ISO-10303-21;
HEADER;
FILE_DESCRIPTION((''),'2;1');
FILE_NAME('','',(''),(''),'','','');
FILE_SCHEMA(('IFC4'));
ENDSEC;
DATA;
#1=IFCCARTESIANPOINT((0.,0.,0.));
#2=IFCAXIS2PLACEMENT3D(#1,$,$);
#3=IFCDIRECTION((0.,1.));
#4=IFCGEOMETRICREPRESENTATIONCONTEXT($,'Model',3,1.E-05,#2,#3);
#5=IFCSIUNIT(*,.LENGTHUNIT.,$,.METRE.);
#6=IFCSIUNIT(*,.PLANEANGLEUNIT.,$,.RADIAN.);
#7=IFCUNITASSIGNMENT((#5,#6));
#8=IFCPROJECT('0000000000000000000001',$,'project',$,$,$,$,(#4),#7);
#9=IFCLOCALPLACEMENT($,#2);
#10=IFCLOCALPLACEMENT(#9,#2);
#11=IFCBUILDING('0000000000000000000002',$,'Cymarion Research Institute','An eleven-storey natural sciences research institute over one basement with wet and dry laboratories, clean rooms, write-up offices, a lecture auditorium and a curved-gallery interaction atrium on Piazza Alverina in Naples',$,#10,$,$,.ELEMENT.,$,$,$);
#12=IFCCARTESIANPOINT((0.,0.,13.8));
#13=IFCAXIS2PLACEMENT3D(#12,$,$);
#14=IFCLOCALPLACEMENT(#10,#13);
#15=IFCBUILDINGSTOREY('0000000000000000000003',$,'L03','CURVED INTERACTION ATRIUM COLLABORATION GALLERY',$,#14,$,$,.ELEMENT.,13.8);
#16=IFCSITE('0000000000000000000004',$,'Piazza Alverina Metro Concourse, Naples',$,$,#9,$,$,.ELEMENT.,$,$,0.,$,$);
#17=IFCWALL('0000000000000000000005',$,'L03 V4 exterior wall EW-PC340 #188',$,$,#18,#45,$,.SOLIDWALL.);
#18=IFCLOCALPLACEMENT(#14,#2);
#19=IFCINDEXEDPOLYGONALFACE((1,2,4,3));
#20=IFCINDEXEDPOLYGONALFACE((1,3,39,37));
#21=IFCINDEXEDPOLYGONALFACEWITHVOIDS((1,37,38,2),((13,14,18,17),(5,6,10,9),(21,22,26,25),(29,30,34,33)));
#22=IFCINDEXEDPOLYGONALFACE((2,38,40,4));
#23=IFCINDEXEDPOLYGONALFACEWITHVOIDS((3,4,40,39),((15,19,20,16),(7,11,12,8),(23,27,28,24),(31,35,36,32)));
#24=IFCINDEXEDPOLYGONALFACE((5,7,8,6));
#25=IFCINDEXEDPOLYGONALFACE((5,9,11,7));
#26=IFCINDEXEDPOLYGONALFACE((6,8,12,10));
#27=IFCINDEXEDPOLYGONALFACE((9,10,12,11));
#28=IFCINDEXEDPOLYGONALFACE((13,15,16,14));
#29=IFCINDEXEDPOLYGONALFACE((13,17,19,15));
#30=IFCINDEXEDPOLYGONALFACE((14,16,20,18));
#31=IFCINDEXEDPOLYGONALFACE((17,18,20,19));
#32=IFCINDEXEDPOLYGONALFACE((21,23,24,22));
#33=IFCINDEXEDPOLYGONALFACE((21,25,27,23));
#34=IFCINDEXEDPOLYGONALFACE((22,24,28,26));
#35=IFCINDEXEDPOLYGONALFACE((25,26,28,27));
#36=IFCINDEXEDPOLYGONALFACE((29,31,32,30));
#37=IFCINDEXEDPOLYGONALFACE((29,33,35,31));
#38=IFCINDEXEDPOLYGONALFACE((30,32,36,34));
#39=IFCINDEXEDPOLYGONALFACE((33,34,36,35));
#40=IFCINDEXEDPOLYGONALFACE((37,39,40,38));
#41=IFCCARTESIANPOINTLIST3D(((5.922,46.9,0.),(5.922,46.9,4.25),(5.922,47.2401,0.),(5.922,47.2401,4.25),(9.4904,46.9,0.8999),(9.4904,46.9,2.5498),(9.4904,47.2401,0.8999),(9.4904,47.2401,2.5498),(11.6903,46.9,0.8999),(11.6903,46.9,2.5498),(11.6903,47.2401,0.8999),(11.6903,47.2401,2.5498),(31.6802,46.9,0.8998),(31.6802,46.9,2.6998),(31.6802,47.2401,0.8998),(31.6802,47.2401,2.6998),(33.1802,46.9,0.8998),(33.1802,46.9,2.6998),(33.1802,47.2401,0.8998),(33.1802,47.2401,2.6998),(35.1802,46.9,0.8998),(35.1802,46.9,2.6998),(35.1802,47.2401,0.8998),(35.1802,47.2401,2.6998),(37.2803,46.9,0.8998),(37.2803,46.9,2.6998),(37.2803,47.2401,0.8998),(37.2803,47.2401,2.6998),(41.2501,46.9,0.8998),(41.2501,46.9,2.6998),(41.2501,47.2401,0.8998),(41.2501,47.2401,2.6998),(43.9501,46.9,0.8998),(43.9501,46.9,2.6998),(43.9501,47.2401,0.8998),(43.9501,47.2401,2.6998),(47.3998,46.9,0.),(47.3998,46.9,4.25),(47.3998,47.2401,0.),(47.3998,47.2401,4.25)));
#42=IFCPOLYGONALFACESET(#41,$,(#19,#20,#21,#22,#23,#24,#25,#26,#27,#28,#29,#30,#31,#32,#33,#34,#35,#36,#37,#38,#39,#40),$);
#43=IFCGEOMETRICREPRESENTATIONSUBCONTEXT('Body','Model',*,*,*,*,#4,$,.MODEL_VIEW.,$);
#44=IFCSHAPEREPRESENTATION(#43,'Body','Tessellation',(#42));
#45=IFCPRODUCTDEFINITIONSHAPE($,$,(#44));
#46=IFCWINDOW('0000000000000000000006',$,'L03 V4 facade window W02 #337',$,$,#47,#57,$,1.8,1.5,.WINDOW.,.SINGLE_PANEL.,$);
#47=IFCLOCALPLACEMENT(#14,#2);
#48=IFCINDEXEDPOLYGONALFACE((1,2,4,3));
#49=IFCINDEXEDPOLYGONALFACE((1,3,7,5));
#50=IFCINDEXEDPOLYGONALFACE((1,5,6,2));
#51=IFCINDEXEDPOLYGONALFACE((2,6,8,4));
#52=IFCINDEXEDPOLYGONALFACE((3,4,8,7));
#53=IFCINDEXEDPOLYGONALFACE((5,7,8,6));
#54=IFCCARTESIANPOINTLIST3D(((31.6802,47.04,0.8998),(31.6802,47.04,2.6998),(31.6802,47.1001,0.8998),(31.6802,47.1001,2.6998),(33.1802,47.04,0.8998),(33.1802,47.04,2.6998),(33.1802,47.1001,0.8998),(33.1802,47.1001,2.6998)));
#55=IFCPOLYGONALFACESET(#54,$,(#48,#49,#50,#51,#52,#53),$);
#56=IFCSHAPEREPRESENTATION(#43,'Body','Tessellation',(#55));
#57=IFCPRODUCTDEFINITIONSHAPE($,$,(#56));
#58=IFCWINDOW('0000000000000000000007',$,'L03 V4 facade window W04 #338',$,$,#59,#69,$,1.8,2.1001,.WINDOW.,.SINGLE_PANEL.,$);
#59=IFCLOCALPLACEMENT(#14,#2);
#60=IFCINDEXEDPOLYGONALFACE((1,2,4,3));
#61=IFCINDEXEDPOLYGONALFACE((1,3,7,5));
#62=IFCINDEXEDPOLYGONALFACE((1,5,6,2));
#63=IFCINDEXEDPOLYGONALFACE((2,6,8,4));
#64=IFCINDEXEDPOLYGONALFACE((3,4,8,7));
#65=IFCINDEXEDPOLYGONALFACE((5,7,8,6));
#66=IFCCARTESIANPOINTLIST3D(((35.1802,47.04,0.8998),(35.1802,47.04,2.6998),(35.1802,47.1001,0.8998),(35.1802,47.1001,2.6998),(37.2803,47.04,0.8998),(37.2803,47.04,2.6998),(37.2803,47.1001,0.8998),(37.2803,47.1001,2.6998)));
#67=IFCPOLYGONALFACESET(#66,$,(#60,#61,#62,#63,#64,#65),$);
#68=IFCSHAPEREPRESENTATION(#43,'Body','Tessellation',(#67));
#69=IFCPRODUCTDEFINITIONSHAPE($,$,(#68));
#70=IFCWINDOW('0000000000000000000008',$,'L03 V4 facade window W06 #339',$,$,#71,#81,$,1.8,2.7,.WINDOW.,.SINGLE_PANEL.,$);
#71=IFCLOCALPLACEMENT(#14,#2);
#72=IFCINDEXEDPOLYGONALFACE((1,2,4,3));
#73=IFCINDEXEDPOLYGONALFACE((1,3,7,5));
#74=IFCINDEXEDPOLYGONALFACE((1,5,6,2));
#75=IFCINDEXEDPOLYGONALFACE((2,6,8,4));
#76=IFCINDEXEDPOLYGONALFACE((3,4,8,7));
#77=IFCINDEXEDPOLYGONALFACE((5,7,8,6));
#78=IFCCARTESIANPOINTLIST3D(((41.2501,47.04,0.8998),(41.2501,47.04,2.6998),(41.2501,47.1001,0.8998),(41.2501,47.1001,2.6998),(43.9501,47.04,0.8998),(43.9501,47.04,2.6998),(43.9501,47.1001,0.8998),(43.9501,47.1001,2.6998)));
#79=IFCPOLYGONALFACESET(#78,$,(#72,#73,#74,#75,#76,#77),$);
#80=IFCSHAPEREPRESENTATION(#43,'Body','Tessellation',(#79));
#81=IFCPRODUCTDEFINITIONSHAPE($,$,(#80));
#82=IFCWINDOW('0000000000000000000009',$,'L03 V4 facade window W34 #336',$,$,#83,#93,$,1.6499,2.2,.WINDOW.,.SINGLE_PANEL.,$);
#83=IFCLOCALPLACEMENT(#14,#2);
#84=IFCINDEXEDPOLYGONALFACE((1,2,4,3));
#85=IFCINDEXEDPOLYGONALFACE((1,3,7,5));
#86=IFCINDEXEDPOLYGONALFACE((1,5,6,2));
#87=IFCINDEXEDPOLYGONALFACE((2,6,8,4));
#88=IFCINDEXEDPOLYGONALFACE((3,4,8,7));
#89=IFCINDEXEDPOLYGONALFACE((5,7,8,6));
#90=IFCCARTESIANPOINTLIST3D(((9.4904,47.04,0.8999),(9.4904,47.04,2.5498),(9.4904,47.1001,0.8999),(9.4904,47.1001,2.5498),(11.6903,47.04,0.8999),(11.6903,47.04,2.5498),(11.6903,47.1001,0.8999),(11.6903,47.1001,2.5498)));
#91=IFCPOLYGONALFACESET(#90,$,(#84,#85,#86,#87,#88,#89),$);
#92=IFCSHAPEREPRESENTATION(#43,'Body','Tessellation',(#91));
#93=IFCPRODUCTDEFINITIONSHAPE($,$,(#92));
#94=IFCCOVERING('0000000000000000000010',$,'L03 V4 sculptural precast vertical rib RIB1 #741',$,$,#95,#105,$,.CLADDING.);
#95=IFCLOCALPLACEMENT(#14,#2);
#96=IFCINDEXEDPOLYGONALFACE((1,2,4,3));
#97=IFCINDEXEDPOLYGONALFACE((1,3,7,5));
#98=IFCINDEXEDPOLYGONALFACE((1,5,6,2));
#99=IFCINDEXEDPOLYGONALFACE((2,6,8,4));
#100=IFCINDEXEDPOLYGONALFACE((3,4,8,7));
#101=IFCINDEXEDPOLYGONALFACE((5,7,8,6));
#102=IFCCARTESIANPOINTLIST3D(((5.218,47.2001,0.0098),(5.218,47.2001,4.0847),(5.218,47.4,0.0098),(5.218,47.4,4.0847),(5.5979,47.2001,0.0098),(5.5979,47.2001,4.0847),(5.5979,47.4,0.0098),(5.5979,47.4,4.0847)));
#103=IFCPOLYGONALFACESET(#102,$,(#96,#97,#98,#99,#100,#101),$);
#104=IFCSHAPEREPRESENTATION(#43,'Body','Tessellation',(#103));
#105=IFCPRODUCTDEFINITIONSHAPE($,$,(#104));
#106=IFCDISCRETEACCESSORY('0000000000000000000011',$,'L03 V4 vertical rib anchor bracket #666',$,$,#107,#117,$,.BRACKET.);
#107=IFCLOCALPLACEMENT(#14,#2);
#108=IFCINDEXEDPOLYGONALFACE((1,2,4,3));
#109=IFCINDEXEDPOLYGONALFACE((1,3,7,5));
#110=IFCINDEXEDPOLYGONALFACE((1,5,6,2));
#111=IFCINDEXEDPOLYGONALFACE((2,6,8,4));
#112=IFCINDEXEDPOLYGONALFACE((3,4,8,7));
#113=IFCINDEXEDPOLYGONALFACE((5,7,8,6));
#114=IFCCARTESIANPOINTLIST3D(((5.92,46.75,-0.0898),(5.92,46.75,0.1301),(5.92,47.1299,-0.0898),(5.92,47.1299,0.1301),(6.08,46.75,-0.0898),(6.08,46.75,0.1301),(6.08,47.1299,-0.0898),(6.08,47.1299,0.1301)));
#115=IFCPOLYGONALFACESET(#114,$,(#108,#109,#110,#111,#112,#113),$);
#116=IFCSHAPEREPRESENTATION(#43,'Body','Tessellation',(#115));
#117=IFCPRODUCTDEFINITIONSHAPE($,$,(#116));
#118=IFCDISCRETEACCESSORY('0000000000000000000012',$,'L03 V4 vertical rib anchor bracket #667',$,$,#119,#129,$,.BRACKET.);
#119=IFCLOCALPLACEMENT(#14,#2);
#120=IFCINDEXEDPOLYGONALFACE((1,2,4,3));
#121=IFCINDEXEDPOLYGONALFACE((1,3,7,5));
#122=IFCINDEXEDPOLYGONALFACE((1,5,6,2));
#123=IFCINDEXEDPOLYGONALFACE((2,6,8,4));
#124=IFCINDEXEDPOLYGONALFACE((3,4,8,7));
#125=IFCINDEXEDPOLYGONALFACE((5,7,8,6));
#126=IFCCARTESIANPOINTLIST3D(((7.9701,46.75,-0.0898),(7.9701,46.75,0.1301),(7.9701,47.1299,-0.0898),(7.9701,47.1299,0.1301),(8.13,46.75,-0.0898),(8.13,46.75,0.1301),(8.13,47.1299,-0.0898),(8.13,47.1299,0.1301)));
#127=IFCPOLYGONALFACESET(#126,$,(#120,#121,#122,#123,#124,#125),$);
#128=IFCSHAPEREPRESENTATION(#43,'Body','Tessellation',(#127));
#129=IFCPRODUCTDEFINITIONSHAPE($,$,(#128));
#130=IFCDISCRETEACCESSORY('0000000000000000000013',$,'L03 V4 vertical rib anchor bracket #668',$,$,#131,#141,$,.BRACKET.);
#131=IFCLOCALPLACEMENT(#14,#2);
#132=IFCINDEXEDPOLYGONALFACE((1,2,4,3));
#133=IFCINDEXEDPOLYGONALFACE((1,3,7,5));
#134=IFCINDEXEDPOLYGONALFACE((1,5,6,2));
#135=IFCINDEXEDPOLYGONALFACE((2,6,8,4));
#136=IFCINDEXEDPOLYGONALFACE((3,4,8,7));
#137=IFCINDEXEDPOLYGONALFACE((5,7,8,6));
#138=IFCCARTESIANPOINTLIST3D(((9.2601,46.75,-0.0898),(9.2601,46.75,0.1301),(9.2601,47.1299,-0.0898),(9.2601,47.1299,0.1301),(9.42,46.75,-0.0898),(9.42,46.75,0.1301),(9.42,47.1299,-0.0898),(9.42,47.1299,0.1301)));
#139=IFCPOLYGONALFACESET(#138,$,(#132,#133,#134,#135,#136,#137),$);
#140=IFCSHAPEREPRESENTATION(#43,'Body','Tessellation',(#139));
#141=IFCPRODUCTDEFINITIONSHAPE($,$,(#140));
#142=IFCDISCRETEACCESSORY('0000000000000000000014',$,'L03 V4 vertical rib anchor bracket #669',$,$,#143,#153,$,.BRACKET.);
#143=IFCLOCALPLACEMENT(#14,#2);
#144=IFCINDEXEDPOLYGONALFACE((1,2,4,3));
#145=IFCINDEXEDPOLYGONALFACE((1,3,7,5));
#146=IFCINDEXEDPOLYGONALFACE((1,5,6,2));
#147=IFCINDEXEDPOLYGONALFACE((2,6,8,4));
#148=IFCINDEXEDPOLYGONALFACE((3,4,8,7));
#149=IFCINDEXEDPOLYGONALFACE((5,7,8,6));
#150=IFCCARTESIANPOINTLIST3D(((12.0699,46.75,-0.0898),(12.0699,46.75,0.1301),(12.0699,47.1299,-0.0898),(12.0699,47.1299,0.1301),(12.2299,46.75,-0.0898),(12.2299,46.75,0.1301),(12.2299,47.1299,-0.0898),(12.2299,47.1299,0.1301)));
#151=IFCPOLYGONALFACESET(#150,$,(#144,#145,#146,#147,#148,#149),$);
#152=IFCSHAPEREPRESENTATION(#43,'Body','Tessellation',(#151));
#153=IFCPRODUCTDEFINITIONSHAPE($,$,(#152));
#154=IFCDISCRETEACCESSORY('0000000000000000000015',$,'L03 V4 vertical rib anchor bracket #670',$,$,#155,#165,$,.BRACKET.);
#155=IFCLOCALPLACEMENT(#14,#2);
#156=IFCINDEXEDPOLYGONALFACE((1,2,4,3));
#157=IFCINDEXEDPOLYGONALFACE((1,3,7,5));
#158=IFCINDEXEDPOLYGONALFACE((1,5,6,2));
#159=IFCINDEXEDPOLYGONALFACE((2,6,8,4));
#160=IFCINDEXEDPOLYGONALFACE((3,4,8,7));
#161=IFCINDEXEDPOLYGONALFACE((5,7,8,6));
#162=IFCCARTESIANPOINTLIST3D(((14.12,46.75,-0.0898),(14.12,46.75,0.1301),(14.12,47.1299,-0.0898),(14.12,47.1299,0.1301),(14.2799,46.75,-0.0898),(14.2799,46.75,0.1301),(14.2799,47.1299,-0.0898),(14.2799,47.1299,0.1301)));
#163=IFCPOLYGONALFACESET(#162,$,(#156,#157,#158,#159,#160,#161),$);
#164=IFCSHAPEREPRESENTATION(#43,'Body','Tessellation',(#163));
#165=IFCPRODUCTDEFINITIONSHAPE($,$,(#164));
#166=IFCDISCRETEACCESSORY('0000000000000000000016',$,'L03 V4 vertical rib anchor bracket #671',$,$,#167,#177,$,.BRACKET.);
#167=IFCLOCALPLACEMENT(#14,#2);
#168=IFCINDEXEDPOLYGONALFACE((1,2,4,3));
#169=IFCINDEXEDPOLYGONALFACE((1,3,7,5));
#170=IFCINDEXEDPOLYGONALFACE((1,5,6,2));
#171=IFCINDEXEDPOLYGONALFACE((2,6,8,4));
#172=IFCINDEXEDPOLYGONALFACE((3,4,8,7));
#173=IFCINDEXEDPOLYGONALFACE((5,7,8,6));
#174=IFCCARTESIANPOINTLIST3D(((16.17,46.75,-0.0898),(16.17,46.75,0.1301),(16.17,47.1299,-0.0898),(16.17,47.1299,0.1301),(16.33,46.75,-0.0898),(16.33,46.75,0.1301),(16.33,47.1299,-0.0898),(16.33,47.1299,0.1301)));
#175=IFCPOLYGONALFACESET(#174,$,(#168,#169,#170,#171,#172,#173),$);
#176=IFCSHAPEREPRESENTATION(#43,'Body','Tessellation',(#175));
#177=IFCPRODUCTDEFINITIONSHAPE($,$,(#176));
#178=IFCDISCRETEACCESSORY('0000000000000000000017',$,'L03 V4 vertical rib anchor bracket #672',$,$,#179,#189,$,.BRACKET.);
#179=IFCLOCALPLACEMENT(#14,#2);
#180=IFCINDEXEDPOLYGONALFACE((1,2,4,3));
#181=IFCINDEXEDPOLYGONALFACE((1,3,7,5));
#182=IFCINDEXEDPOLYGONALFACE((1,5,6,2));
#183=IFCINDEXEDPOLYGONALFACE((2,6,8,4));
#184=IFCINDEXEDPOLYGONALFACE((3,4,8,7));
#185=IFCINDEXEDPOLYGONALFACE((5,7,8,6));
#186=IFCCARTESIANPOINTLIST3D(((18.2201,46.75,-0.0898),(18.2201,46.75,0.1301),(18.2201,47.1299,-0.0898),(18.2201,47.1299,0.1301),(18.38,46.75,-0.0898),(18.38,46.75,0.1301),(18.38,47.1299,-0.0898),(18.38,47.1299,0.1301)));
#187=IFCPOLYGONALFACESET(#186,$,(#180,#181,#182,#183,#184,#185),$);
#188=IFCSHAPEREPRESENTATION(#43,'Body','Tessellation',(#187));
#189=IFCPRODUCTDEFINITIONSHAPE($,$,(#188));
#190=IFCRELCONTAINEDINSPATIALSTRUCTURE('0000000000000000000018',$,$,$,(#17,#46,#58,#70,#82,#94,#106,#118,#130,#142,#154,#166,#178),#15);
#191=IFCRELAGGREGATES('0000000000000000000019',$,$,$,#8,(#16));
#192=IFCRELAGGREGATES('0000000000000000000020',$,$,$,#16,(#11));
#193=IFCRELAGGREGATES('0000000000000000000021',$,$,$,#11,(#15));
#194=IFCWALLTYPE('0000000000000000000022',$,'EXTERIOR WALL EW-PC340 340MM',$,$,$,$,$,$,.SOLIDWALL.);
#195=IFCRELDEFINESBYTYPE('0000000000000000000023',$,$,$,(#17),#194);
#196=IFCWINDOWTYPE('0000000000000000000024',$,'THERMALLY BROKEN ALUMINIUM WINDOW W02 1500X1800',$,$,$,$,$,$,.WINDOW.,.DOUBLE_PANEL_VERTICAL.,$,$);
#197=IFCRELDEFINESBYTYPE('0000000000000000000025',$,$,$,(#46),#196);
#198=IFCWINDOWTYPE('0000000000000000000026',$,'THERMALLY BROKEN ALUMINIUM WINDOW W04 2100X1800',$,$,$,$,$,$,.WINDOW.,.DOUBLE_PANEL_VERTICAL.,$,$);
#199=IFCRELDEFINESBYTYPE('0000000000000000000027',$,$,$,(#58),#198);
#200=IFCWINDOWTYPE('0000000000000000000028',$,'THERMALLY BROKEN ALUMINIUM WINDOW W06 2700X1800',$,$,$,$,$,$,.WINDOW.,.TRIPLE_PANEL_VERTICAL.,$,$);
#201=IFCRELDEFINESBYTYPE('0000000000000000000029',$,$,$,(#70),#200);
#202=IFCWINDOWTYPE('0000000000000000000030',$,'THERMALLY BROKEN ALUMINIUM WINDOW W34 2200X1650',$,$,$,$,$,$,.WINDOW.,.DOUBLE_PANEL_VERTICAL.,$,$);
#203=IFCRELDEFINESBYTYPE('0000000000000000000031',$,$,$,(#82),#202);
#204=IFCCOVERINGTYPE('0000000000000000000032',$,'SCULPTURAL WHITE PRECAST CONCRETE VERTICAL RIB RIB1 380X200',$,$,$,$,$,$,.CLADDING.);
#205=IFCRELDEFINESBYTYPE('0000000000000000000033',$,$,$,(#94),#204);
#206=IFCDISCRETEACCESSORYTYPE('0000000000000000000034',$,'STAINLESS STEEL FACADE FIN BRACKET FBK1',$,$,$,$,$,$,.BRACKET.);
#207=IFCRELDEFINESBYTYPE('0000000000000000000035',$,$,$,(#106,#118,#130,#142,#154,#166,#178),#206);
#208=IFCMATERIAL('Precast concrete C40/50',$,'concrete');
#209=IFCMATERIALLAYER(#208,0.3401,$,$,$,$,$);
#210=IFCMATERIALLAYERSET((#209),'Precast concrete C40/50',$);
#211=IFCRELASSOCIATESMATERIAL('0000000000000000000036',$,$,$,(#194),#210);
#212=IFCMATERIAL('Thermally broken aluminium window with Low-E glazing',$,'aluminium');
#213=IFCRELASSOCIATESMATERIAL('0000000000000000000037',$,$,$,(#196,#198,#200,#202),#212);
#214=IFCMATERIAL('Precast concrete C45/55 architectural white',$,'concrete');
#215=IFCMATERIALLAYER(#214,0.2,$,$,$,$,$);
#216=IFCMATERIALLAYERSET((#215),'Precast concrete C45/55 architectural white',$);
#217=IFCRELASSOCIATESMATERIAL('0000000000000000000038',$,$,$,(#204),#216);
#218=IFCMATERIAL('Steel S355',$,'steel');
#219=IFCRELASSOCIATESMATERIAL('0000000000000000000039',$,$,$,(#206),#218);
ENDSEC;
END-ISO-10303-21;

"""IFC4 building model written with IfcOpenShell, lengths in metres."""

from ifc_helpers import new_model, si_unit, direction, frame, frame_2d, origin, origin_2d, place, context, subcontext, project, spatial, rectangle, extrude, material, layer, layer_set, type_object, element, fill, save


model = new_model("IFC4")

# Units and contexts
model_context = context("Model", 3, precision=1e-05, world=origin(), true_north=direction((0.0, 1.0)))
body_context = subcontext(model_context, "Body", "Model", "MODEL_VIEW")
ifc_project = project(units=[si_unit("LENGTHUNIT", "METRE"), si_unit("PLANEANGLEUNIT", "RADIAN")], contexts=[model_context])

# Site, building, storey
site_placement = place(None, origin())
site = spatial("IfcSite", under=ifc_project, at=site_placement, Name="Piazza Alverina Metro Concourse, Naples", CompositionType="ELEMENT", RefElevation=0.0)
building_placement = place(site_placement, origin())
building = spatial("IfcBuilding", under=site, at=building_placement, Name="Cymarion Research Institute", Description="An eleven-storey natural sciences research institute over one basement with wet and dry laboratories, clean rooms, write-up offices, a lecture auditorium and a curved-gallery interaction atrium on Piazza Alverina in Naples", CompositionType="ELEMENT")
storey_placement = place(building_placement, frame((0.0, 0.0, 13.8)))
storey = spatial("IfcBuildingStorey", under=building, at=storey_placement, Name="L03", Description="CURVED INTERACTION ATRIUM COLLABORATION GALLERY", CompositionType="ELEMENT", Elevation=13.8)

# Shared definitions
ifc_material_1 = material(Name="Steel S355", Category="steel")

# Wall, openings, windows
ifc_material_2 = material(Name="Precast concrete C40/50", Category="concrete")
ifc_layer_1 = layer(ifc_material_2, 0.3401)
ifc_layer_set_1 = layer_set([ifc_layer_1], Name="Precast concrete C40/50")
wall_type = type_object("IfcWallType", Name="EXTERIOR WALL EW-PC340 340MM", PredefinedType="SOLIDWALL", material=ifc_layer_set_1)
wall_placement = place(storey_placement, frame((5.9221, 47.0701, 0.0), z_axis=(0.0, 0.0, 1.0), x_axis=(1.0, 0.0, 0.0)))
wall = element("IfcWall", 1, at=wall_placement, inside=storey, type_object=wall_type, Name="L03 V4 exterior wall EW-PC340 #188", PredefinedType="SOLIDWALL", context=body_context, shape_type="SweptSolid", body=[
    extrude(rectangle(XDim=41.4778, YDim=0.3401, at=frame_2d((20.7388, 0.0))), origin(), (0.0, 0.0, 1.0), 4.25),
])
opening_1_placement = place(wall_placement, frame((3.5681, 0.0, 0.8999)))
opening_1 = element("IfcOpeningElement", 2, at=opening_1_placement, cuts=wall, PredefinedType="OPENING", context=body_context, shape_type="SweptSolid", body=[
    extrude(rectangle(XDim=2.2, YDim=1.6499, at=frame_2d((1.1001, 0.825))), frame((0.0, 0.1799, 0.0), z_axis=(0.0, -1.0, 0.0), x_axis=(1.0, 0.0, 0.0)), (0.0, 0.0, 1.0), 0.3601),
])
opening_2_placement = place(wall_placement, frame((25.7581, 0.0, 0.8999)))
opening_2 = element("IfcOpeningElement", 3, at=opening_2_placement, cuts=wall, PredefinedType="OPENING", context=body_context, shape_type="SweptSolid", body=[
    extrude(rectangle(XDim=1.5, YDim=1.8, at=frame_2d((0.75, 0.8999))), frame((0.0, 0.1799, 0.0), z_axis=(0.0, -1.0, 0.0), x_axis=(1.0, 0.0, 0.0)), (0.0, 0.0, 1.0), 0.3601),
])
opening_3_placement = place(wall_placement, frame((29.2581, 0.0, 0.8999)))
opening_3 = element("IfcOpeningElement", 4, at=opening_3_placement, cuts=wall, PredefinedType="OPENING", context=body_context, shape_type="SweptSolid", body=[
    extrude(rectangle(XDim=2.1001, YDim=1.8, at=frame_2d((1.05, 0.8999))), frame((0.0, 0.1799, 0.0), z_axis=(0.0, -1.0, 0.0), x_axis=(1.0, 0.0, 0.0)), (0.0, 0.0, 1.0), 0.3601),
])
opening_4_placement = place(wall_placement, frame((35.3279, 0.0, 0.8999)))
opening_4 = element("IfcOpeningElement", 5, at=opening_4_placement, cuts=wall, PredefinedType="OPENING", context=body_context, shape_type="SweptSolid", body=[
    extrude(rectangle(XDim=2.7, YDim=1.8, at=frame_2d((1.3501, 0.8999))), frame((0.0, 0.1799, 0.0), z_axis=(0.0, -1.0, 0.0), x_axis=(1.0, 0.0, 0.0)), (0.0, 0.0, 1.0), 0.3601),
])
ifc_material_3 = material(Name="Thermally broken aluminium window with Low-E glazing", Category="aluminium")
window_type_1 = type_object("IfcWindowType", Name="THERMALLY BROKEN ALUMINIUM WINDOW W02 1500X1800", PartitioningType="DOUBLE_PANEL_VERTICAL", PredefinedType="WINDOW", material=ifc_material_3)
window_1_placement = place(opening_2_placement, origin())
window_1 = element("IfcWindow", 6, at=window_1_placement, inside=storey, type_object=window_type_1, Name="L03 V4 facade window W02 #337", OverallHeight=1.8, OverallWidth=1.5, PartitioningType="SINGLE_PANEL", PredefinedType="WINDOW", context=body_context, shape_type="SweptSolid", body=[
    extrude(rectangle(XDim=1.5, YDim=1.8, at=frame_2d((0.75, 0.8999))), frame((0.0, 0.03, 0.0), z_axis=(0.0, -1.0, 0.0), x_axis=(1.0, 0.0, 0.0)), (0.0, 0.0, 1.0), 0.0601),
])
fill(opening_2, window_1)
window_type_2 = type_object("IfcWindowType", Name="THERMALLY BROKEN ALUMINIUM WINDOW W04 2100X1800", PartitioningType="DOUBLE_PANEL_VERTICAL", PredefinedType="WINDOW", material=ifc_material_3)
window_2_placement = place(opening_3_placement, origin())
window_2 = element("IfcWindow", 7, at=window_2_placement, inside=storey, type_object=window_type_2, Name="L03 V4 facade window W04 #338", OverallHeight=1.8, OverallWidth=2.1001, PartitioningType="SINGLE_PANEL", PredefinedType="WINDOW", context=body_context, shape_type="SweptSolid", body=[
    extrude(rectangle(XDim=2.1001, YDim=1.8, at=frame_2d((1.05, 0.8999))), frame((0.0, 0.03, 0.0), z_axis=(0.0, -1.0, 0.0), x_axis=(1.0, 0.0, 0.0)), (0.0, 0.0, 1.0), 0.0601),
])
fill(opening_3, window_2)
window_type_3 = type_object("IfcWindowType", Name="THERMALLY BROKEN ALUMINIUM WINDOW W06 2700X1800", PartitioningType="TRIPLE_PANEL_VERTICAL", PredefinedType="WINDOW", material=ifc_material_3)
window_3_placement = place(opening_4_placement, origin())
window_3 = element("IfcWindow", 8, at=window_3_placement, inside=storey, type_object=window_type_3, Name="L03 V4 facade window W06 #339", OverallHeight=1.8, OverallWidth=2.7, PartitioningType="SINGLE_PANEL", PredefinedType="WINDOW", context=body_context, shape_type="SweptSolid", body=[
    extrude(rectangle(XDim=2.7, YDim=1.8, at=frame_2d((1.3501, 0.8999))), frame((0.0, 0.03, 0.0), z_axis=(0.0, -1.0, 0.0), x_axis=(1.0, 0.0, 0.0)), (0.0, 0.0, 1.0), 0.0601),
])
fill(opening_4, window_3)
window_type_4 = type_object("IfcWindowType", Name="THERMALLY BROKEN ALUMINIUM WINDOW W34 2200X1650", PartitioningType="DOUBLE_PANEL_VERTICAL", PredefinedType="WINDOW", material=ifc_material_3)
window_4_placement = place(opening_1_placement, origin())
window_4 = element("IfcWindow", 9, at=window_4_placement, inside=storey, type_object=window_type_4, Name="L03 V4 facade window W34 #336", OverallHeight=1.6499, OverallWidth=2.2, PartitioningType="SINGLE_PANEL", PredefinedType="WINDOW", context=body_context, shape_type="SweptSolid", body=[
    extrude(rectangle(XDim=2.2, YDim=1.6499, at=frame_2d((1.1001, 0.825))), frame((0.0, 0.03, 0.0), z_axis=(0.0, -1.0, 0.0), x_axis=(1.0, 0.0, 0.0)), (0.0, 0.0, 1.0), 0.0601),
])
fill(opening_1, window_4)

# Covering
ifc_material_4 = material(Name="Precast concrete C45/55 architectural white", Category="concrete")
ifc_layer_2 = layer(ifc_material_4, 0.2)
ifc_layer_set_2 = layer_set([ifc_layer_2], Name="Precast concrete C45/55 architectural white")
covering_type = type_object("IfcCoveringType", Name="SCULPTURAL WHITE PRECAST CONCRETE VERTICAL RIB RIB1 380X200", PredefinedType="CLADDING", material=ifc_layer_set_2)
covering_placement = place(storey_placement, frame((5.408, 47.3, 0.0098), z_axis=(0.0, 0.0, 1.0), x_axis=(-1.0, 0.0, 0.0)))
element("IfcCovering", 10, at=covering_placement, inside=storey, type_object=covering_type, Name="L03 V4 sculptural precast vertical rib RIB1 #741", PredefinedType="CLADDING", context=body_context, shape_type="SweptSolid", body=[
    extrude(rectangle(XDim=0.3799, YDim=0.2, at=origin_2d()), origin(), (0.0, 0.0, 1.0), 4.075),
])

# Discrete accessories
discrete_accessory_type = type_object("IfcDiscreteAccessoryType", Name="STAINLESS STEEL FACADE FIN BRACKET FBK1", PredefinedType="BRACKET", material=ifc_material_1)
for number, where, z_axis, x_axis, name in (
    (11, (6.0, 46.9399, -0.0898), (0.0, 0.0, 1.0), (0.0, -1.0, 0.0), "L03 V4 vertical rib anchor bracket #666"),
    (12, (8.05, 46.9399, -0.0898), (0.0, 0.0, 1.0), (0.0, -1.0, 0.0), "L03 V4 vertical rib anchor bracket #667"),
    (13, (9.3401, 46.9399, -0.0898), (0.0, 0.0, 1.0), (0.0, -1.0, 0.0), "L03 V4 vertical rib anchor bracket #668"),
    (14, (12.1499, 46.9399, -0.0898), (0.0, 0.0, 1.0), (0.0, -1.0, 0.0), "L03 V4 vertical rib anchor bracket #669"),
    (15, (14.2, 46.9399, -0.0898), (0.0, 0.0, 1.0), (0.0, -1.0, 0.0), "L03 V4 vertical rib anchor bracket #670"),
    (16, (16.25, 46.9399, -0.0898), (0.0, 0.0, 1.0), (0.0, -1.0, 0.0), "L03 V4 vertical rib anchor bracket #671"),
    (17, (18.3, 46.9399, -0.0898), (0.0, 0.0, 1.0), (0.0, -1.0, 0.0), "L03 V4 vertical rib anchor bracket #672"),
):
    element("IfcDiscreteAccessory", number, at=place(storey_placement, frame(where, z_axis=z_axis, x_axis=x_axis)), inside=storey, type_object=discrete_accessory_type, Name=name, PredefinedType="BRACKET", context=body_context, shape_type="SweptSolid", body=[
        extrude(rectangle(XDim=0.3799, YDim=0.1599, at=origin_2d()), origin(), (0.0, 0.0, 1.0), 0.22),
    ])

save(model, "model.ifc")
